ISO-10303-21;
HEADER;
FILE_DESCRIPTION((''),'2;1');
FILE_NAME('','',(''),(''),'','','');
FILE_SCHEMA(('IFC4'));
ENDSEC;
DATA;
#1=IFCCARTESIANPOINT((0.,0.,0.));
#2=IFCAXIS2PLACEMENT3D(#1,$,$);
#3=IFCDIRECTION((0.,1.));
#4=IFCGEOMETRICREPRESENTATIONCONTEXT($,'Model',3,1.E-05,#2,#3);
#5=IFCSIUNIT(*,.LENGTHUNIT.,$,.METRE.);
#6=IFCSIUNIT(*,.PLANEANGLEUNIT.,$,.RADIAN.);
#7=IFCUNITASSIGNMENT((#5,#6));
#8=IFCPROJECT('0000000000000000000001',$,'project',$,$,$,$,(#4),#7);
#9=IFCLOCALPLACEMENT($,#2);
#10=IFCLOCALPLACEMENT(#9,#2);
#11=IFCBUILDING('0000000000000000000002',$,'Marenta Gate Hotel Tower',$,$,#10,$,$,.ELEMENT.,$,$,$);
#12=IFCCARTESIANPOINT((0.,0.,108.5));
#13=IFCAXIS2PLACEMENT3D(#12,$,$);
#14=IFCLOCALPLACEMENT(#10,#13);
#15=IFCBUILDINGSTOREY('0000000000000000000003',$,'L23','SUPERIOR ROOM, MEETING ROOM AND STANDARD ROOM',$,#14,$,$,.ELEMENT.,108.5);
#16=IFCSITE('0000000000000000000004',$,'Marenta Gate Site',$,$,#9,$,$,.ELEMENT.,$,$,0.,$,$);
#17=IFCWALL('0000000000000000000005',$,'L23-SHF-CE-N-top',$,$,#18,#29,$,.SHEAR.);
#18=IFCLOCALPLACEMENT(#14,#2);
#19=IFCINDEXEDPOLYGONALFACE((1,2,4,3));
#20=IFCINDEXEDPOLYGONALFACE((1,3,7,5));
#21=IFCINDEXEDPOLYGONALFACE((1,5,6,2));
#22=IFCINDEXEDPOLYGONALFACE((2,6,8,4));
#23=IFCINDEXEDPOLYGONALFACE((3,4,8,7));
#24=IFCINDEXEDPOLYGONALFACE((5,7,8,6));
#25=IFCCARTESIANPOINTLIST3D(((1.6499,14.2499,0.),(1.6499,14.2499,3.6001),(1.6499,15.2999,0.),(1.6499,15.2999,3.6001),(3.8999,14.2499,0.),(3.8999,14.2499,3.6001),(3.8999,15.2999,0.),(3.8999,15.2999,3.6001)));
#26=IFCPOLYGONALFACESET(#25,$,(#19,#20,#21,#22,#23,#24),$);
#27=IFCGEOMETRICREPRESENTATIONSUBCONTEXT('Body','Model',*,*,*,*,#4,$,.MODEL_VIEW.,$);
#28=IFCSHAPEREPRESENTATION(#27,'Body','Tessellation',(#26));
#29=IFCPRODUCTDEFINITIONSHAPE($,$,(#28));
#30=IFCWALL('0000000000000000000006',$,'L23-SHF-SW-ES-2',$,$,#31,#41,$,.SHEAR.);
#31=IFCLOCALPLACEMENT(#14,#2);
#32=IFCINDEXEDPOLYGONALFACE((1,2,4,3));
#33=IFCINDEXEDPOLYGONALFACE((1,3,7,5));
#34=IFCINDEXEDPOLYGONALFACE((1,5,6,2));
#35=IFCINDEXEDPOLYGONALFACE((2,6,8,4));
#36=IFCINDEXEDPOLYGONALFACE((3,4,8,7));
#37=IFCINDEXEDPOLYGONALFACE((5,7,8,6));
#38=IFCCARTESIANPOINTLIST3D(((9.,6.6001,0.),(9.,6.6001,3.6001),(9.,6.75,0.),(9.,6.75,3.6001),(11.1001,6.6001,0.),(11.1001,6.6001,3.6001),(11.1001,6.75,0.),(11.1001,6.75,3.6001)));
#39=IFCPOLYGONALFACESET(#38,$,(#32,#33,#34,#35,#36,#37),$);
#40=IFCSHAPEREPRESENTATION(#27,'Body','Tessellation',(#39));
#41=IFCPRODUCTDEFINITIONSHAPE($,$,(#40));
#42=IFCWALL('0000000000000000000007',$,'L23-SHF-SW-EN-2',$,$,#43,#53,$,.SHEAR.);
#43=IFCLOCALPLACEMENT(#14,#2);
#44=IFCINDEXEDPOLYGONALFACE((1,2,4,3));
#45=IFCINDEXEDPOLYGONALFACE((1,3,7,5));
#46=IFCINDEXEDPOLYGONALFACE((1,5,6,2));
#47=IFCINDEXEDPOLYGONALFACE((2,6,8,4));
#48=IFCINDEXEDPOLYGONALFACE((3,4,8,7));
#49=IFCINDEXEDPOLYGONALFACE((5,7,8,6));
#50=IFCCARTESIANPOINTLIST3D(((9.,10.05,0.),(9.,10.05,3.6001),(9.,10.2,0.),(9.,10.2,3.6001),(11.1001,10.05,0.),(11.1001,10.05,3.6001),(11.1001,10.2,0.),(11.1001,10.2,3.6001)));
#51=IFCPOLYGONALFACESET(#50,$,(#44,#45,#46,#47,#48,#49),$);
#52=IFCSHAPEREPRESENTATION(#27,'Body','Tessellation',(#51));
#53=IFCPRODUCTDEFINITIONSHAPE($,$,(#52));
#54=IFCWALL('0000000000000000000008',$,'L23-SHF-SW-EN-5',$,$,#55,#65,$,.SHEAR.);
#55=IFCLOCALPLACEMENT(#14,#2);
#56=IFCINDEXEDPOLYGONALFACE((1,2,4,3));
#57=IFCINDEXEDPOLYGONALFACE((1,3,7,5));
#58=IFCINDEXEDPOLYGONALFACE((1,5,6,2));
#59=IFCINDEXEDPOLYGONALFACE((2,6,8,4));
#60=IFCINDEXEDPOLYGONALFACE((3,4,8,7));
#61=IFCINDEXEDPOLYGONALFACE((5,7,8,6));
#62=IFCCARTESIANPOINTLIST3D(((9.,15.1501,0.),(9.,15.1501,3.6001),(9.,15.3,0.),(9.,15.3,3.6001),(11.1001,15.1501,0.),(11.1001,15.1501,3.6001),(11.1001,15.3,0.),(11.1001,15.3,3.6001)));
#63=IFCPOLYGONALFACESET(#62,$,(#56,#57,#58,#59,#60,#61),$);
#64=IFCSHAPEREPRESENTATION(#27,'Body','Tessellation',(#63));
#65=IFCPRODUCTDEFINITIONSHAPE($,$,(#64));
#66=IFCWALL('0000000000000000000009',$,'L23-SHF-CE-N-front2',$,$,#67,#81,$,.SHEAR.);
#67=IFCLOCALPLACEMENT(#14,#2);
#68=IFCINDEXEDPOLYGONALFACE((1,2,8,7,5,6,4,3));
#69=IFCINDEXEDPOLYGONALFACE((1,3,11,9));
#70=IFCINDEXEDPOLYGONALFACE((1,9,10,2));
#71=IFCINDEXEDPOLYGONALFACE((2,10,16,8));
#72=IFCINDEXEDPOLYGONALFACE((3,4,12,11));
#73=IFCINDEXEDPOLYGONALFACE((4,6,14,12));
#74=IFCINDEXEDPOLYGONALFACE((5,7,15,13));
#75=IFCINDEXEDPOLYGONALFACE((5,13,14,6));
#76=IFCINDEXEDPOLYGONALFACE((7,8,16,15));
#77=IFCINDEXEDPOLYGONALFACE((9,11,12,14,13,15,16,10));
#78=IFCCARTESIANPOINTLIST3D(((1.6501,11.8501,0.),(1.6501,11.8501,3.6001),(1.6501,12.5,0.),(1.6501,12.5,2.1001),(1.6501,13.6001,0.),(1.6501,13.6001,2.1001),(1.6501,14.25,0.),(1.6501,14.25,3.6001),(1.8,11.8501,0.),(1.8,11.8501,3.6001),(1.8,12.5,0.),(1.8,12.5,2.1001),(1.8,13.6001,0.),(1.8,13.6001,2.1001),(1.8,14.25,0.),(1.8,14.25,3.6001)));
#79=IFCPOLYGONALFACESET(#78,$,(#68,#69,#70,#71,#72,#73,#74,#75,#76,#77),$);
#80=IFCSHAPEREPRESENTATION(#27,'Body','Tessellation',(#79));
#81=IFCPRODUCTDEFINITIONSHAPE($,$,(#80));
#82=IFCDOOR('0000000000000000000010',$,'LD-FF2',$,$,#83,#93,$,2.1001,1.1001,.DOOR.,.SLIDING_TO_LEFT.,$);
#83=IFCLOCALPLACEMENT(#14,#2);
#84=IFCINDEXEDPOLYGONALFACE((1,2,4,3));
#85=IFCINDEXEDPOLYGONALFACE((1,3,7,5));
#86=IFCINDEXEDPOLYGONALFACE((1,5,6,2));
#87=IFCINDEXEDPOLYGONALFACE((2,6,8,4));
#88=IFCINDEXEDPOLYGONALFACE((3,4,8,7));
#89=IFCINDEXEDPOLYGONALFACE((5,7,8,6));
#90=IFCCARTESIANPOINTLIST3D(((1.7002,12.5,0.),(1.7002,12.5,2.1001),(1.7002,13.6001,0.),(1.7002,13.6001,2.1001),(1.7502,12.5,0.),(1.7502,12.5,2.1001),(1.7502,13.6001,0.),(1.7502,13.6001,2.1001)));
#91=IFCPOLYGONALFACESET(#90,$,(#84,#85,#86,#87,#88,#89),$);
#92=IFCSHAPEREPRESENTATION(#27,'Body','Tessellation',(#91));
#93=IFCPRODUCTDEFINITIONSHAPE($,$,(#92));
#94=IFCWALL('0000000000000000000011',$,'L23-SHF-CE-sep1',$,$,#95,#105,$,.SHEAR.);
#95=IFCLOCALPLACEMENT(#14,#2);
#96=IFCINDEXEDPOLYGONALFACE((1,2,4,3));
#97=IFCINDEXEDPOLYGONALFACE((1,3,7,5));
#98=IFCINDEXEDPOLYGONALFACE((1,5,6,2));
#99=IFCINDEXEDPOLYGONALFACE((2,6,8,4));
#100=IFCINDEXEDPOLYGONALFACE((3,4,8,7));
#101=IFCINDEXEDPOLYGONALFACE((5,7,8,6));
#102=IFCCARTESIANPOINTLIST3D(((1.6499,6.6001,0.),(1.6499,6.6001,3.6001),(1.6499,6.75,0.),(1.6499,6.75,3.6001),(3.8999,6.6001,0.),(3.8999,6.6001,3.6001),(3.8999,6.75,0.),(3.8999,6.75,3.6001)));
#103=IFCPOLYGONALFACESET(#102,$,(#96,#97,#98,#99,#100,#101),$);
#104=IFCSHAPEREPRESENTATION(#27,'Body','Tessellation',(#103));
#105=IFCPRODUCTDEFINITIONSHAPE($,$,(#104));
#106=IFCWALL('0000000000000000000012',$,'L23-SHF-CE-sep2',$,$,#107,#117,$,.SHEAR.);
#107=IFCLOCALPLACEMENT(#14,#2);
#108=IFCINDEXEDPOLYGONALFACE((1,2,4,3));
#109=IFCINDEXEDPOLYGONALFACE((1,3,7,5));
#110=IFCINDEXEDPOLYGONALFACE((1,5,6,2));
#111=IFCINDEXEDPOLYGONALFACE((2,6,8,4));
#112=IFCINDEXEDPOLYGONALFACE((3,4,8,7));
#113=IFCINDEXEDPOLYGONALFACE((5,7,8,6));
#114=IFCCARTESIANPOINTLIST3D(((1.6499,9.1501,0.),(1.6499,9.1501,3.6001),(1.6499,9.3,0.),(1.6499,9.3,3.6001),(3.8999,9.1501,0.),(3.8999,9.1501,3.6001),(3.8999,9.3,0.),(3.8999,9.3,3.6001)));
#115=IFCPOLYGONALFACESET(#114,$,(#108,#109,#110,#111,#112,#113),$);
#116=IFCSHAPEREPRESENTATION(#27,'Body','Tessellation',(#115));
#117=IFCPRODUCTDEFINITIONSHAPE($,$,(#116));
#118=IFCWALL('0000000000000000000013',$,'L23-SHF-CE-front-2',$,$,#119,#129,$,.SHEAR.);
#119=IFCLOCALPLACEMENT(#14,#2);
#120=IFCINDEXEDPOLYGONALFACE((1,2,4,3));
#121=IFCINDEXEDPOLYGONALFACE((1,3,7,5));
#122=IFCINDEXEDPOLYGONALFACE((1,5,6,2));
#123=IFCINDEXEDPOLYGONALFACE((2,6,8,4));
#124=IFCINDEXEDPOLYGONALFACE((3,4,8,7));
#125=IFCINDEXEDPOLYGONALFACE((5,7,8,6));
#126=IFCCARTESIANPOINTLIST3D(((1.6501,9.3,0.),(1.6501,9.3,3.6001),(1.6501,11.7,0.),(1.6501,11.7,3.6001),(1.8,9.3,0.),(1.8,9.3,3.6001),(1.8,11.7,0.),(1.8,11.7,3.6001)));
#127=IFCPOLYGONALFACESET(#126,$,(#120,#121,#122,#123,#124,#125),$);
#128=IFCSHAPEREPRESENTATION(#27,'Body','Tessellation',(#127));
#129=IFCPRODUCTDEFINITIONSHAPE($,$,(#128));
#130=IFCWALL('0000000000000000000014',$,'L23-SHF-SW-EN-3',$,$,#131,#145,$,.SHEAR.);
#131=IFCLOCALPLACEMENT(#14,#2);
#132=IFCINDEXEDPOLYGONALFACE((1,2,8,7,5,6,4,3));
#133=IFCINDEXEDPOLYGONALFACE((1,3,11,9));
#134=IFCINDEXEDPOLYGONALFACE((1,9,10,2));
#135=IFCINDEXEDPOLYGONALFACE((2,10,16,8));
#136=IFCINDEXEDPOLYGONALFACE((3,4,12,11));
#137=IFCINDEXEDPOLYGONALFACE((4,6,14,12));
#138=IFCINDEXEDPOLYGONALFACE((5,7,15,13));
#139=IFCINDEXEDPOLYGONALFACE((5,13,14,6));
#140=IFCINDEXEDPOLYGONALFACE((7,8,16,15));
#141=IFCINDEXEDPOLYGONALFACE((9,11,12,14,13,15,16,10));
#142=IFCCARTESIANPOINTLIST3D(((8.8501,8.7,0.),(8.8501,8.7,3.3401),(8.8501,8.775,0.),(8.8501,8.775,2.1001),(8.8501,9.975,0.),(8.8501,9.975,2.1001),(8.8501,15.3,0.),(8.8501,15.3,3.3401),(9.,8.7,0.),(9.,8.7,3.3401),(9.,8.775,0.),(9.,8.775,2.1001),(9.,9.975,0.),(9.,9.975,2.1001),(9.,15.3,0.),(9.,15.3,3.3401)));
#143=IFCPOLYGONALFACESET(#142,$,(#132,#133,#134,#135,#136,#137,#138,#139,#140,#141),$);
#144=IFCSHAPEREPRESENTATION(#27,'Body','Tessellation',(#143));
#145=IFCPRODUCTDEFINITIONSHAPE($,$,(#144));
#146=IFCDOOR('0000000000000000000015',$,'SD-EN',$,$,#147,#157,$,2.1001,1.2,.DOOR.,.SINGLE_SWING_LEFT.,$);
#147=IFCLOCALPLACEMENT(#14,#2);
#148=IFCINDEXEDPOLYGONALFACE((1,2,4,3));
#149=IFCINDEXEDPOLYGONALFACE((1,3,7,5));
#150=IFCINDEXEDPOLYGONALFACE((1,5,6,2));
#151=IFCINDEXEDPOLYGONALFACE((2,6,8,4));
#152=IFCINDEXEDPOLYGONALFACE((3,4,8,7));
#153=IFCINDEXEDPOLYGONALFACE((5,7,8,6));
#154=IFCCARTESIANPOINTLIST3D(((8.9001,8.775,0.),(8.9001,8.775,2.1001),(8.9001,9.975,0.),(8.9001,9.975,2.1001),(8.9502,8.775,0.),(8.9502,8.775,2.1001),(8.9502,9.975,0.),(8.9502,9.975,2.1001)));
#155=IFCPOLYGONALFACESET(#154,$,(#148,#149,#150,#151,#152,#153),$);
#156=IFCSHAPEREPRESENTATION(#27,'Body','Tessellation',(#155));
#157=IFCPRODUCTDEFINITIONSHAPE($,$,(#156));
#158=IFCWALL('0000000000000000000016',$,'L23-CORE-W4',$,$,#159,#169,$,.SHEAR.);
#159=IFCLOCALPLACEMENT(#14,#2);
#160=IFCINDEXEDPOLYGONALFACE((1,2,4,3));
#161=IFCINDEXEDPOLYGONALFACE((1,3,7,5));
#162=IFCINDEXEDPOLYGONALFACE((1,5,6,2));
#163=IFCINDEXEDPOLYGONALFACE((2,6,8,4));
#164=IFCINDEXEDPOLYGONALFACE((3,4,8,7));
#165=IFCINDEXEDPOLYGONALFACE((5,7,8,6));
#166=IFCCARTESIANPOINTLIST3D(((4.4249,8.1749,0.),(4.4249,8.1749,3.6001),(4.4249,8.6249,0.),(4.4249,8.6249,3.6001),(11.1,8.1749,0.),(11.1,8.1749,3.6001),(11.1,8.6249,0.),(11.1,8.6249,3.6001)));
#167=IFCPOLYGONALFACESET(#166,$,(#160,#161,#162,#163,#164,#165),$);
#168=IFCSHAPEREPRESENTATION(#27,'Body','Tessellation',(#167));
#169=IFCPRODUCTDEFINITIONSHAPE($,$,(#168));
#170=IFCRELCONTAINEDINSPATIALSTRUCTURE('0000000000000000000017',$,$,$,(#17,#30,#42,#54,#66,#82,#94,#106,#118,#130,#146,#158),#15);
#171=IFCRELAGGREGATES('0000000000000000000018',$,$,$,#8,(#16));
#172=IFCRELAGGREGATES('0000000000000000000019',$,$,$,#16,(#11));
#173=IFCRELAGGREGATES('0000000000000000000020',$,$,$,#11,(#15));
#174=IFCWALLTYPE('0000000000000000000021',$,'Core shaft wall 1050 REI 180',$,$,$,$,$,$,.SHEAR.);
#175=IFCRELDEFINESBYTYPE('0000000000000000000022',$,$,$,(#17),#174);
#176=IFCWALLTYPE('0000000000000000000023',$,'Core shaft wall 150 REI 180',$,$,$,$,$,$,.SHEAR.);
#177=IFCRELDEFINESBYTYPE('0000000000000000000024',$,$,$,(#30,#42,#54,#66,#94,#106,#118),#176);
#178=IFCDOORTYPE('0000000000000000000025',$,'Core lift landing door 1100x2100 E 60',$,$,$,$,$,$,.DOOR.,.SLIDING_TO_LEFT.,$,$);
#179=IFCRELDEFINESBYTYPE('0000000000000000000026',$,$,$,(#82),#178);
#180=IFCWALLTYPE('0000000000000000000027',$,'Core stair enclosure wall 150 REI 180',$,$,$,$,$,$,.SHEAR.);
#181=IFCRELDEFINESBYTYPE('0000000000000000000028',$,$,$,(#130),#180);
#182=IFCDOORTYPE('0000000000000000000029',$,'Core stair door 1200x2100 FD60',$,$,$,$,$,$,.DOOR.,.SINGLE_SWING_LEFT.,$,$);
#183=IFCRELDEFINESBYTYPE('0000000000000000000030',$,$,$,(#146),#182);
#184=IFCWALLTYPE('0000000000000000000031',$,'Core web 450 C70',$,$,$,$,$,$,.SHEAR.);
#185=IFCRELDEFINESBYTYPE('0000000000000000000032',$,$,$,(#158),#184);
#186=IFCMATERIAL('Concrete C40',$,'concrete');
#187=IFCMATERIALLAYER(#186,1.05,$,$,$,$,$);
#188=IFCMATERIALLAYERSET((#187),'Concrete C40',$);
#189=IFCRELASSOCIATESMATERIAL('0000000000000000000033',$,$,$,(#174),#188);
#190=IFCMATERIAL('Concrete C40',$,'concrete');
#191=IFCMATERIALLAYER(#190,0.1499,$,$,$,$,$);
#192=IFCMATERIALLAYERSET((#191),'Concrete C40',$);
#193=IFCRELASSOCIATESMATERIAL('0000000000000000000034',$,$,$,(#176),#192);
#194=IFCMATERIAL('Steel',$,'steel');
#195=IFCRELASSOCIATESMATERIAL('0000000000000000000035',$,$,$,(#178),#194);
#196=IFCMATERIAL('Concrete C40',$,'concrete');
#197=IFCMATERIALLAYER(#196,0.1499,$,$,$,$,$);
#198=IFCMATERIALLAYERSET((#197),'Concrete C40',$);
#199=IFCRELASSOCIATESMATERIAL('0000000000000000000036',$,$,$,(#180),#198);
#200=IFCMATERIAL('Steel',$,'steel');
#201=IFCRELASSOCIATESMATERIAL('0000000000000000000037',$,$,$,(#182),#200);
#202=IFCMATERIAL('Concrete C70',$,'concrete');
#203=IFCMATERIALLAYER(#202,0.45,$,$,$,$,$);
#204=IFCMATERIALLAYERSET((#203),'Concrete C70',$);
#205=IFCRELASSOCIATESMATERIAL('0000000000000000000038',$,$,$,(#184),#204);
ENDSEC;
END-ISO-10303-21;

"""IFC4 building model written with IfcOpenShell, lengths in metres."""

from ifc_helpers import new_model, si_unit, direction, frame, frame_2d, origin, place, context, subcontext, project, spatial, rectangle, extrude, material, layer, layer_set, type_object, element, fill, save


model = new_model("IFC4")

# Units and contexts
model_context = context("Model", 3, precision=1e-05, world=origin(), true_north=direction((0.0, 1.0)))
body_context = subcontext(model_context, "Body", "Model", "MODEL_VIEW")
ifc_project = project(units=[si_unit("LENGTHUNIT", "METRE"), si_unit("PLANEANGLEUNIT", "RADIAN")], contexts=[model_context])

# Site, building, storey
site_placement = place(None, origin())
site = spatial("IfcSite", under=ifc_project, at=site_placement, Name="Marenta Gate Site", CompositionType="ELEMENT", RefElevation=0.0)
building_placement = place(site_placement, origin())
building = spatial("IfcBuilding", under=site, at=building_placement, Name="Marenta Gate Hotel Tower", CompositionType="ELEMENT")
storey_placement = place(building_placement, frame((0.0, 0.0, 108.5)))
storey = spatial("IfcBuildingStorey", under=building, at=storey_placement, Name="L23", Description="SUPERIOR ROOM, MEETING ROOM AND STANDARD ROOM", CompositionType="ELEMENT", Elevation=108.5)

# Walls
ifc_material_1 = material(Name="Concrete C40", Category="concrete")
ifc_layer_1 = layer(ifc_material_1, 1.05)
ifc_layer_set_1 = layer_set([ifc_layer_1], Name="Concrete C40")
wall_type_1 = type_object("IfcWallType", Name="Core shaft wall 1050 REI 180", PredefinedType="SHEAR", material=ifc_layer_set_1)
wall_1_placement = place(storey_placement, frame((1.6499, 14.7749, 0.0), z_axis=(0.0, 0.0, 1.0), x_axis=(1.0, 0.0, 0.0)))
element("IfcWall", 1, at=wall_1_placement, inside=storey, type_object=wall_type_1, Name="L23-SHF-CE-N-top", PredefinedType="SHEAR", context=body_context, shape_type="SweptSolid", body=[
    extrude(rectangle(XDim=2.25, YDim=1.05, at=frame_2d((1.125, 0.0))), origin(), (0.0, 0.0, 1.0), 3.6001),
])
ifc_material_2 = material(Name="Concrete C40", Category="concrete")
ifc_layer_2 = layer(ifc_material_2, 0.1499)
ifc_layer_set_2 = layer_set([ifc_layer_2], Name="Concrete C40")
wall_type_2 = type_object("IfcWallType", Name="Core shaft wall 150 REI 180", PredefinedType="SHEAR", material=ifc_layer_set_2)
for number, where, z_axis, x_axis, name in (
    (2, (9.0, 6.675, 0.0), (0.0, 0.0, 1.0), (1.0, 0.0, 0.0), "L23-SHF-SW-ES-2"),
    (3, (9.0, 10.125, 0.0), (0.0, 0.0, 1.0), (1.0, 0.0, 0.0), "L23-SHF-SW-EN-2"),
    (4, (9.0, 15.2251, 0.0), (0.0, 0.0, 1.0), (1.0, 0.0, 0.0), "L23-SHF-SW-EN-5"),
):
    element("IfcWall", number, at=place(storey_placement, frame(where, z_axis=z_axis, x_axis=x_axis)), inside=storey, type_object=wall_type_2, Name=name, PredefinedType="SHEAR", context=body_context, shape_type="SweptSolid", body=[
        extrude(rectangle(XDim=2.1001, YDim=0.1499, at=frame_2d((1.05, 0.0))), origin(), (0.0, 0.0, 1.0), 3.6001),
    ])

# Wall, opening, door
wall_2_placement = place(storey_placement, frame((1.7251, 11.8501, 0.0), z_axis=(0.0, 0.0, 1.0), x_axis=(0.0, 1.0, 0.0)))
wall_2 = element("IfcWall", 5, at=wall_2_placement, inside=storey, type_object=wall_type_2, Name="L23-SHF-CE-N-front2", PredefinedType="SHEAR", context=body_context, shape_type="SweptSolid", body=[
    extrude(rectangle(XDim=2.3999, YDim=0.1499, at=frame_2d((1.2, 0.0))), origin(), (0.0, 0.0, 1.0), 3.6001),
])
opening_1_placement = place(wall_2_placement, frame((0.6499, 0.0, 0.0)))
opening_1 = element("IfcOpeningElement", 6, at=opening_1_placement, cuts=wall_2, PredefinedType="OPENING", context=body_context, shape_type="SweptSolid", body=[
    extrude(rectangle(XDim=1.1001, YDim=2.1001, at=frame_2d((0.55, 1.05))), frame((0.0, 0.075, 0.0), z_axis=(0.0, -1.0, 0.0), x_axis=(1.0, 0.0, 0.0)), (0.0, 0.0, 1.0), 0.1499),
])
ifc_material_3 = material(Name="Steel", Category="steel")
door_type_1 = type_object("IfcDoorType", Name="Core lift landing door 1100x2100 E 60", OperationType="SLIDING_TO_LEFT", PredefinedType="DOOR", material=ifc_material_3)
door_1_placement = place(opening_1_placement, origin())
door_1 = element("IfcDoor", 7, at=door_1_placement, inside=storey, type_object=door_type_1, Name="LD-FF2", OperationType="SLIDING_TO_LEFT", OverallHeight=2.1001, OverallWidth=1.1001, PredefinedType="DOOR", context=body_context, shape_type="SweptSolid", body=[
    extrude(rectangle(XDim=1.1001, YDim=2.1001, at=frame_2d((0.55, 1.05))), frame((0.0, 0.0249, 0.0), z_axis=(0.0, -1.0, 0.0), x_axis=(1.0, 0.0, 0.0)), (0.0, 0.0, 1.0), 0.05),
])
fill(opening_1, door_1)

# Walls
for number, where, z_axis, x_axis, name in (
    (8, (1.6499, 6.675, 0.0), (0.0, 0.0, 1.0), (1.0, 0.0, 0.0), "L23-SHF-CE-sep1"),
    (9, (1.6499, 9.2251, 0.0), (0.0, 0.0, 1.0), (1.0, 0.0, 0.0), "L23-SHF-CE-sep2"),
):
    element("IfcWall", number, at=place(storey_placement, frame(where, z_axis=z_axis, x_axis=x_axis)), inside=storey, type_object=wall_type_2, Name=name, PredefinedType="SHEAR", context=body_context, shape_type="SweptSolid", body=[
        extrude(rectangle(XDim=2.25, YDim=0.1499, at=frame_2d((1.125, 0.0))), origin(), (0.0, 0.0, 1.0), 3.6001),
    ])
wall_3_placement = place(storey_placement, frame((1.7251, 9.3, 0.0), z_axis=(0.0, 0.0, 1.0), x_axis=(0.0, 1.0, 0.0)))
element("IfcWall", 10, at=wall_3_placement, inside=storey, type_object=wall_type_2, Name="L23-SHF-CE-front-2", PredefinedType="SHEAR", context=body_context, shape_type="SweptSolid", body=[
    extrude(rectangle(XDim=2.3999, YDim=0.1499, at=frame_2d((1.2, 0.0))), origin(), (0.0, 0.0, 1.0), 3.6001),
])

# Wall, opening, door
ifc_material_4 = material(Name="Concrete C40", Category="concrete")
ifc_layer_3 = layer(ifc_material_4, 0.1499)
ifc_layer_set_3 = layer_set([ifc_layer_3], Name="Concrete C40")
wall_type_3 = type_object("IfcWallType", Name="Core stair enclosure wall 150 REI 180", PredefinedType="SHEAR", material=ifc_layer_set_3)
wall_4_placement = place(storey_placement, frame((8.925, 8.7, 0.0), z_axis=(0.0, 0.0, 1.0), x_axis=(0.0, 1.0, 0.0)))
wall_4 = element("IfcWall", 11, at=wall_4_placement, inside=storey, type_object=wall_type_3, Name="L23-SHF-SW-EN-3", PredefinedType="SHEAR", context=body_context, shape_type="SweptSolid", body=[
    extrude(rectangle(XDim=6.6001, YDim=0.1499, at=frame_2d((3.3, 0.0))), origin(), (0.0, 0.0, 1.0), 3.3401),
])
opening_2_placement = place(wall_4_placement, frame((0.075, 0.0, 0.0)))
opening_2 = element("IfcOpeningElement", 12, at=opening_2_placement, cuts=wall_4, PredefinedType="OPENING", context=body_context, shape_type="SweptSolid", body=[
    extrude(rectangle(XDim=1.2, YDim=2.1001, at=frame_2d((0.6001, 1.05))), frame((0.0, 0.075, 0.0), z_axis=(0.0, -1.0, 0.0), x_axis=(1.0, 0.0, 0.0)), (0.0, 0.0, 1.0), 0.1499),
])
ifc_material_5 = material(Name="Steel", Category="steel")
door_type_2 = type_object("IfcDoorType", Name="Core stair door 1200x2100 FD60", OperationType="SINGLE_SWING_LEFT", PredefinedType="DOOR", material=ifc_material_5)
door_2_placement = place(opening_2_placement, origin())
door_2 = element("IfcDoor", 13, at=door_2_placement, inside=storey, type_object=door_type_2, Name="SD-EN", OperationType="SINGLE_SWING_LEFT", OverallHeight=2.1001, OverallWidth=1.2, PredefinedType="DOOR", context=body_context, shape_type="SweptSolid", body=[
    extrude(rectangle(XDim=1.2, YDim=2.1001, at=frame_2d((0.6001, 1.05))), frame((0.0, 0.0249, 0.0), z_axis=(0.0, -1.0, 0.0), x_axis=(1.0, 0.0, 0.0)), (0.0, 0.0, 1.0), 0.05),
])
fill(opening_2, door_2)

# Wall
ifc_material_6 = material(Name="Concrete C70", Category="concrete")
ifc_layer_4 = layer(ifc_material_6, 0.45)
ifc_layer_set_4 = layer_set([ifc_layer_4], Name="Concrete C70")
wall_type_4 = type_object("IfcWallType", Name="Core web 450 C70", PredefinedType="SHEAR", material=ifc_layer_set_4)
wall_5_placement = place(storey_placement, frame((4.425, 8.3999, 0.0), z_axis=(0.0, 0.0, 1.0), x_axis=(1.0, 0.0, 0.0)))
element("IfcWall", 14, at=wall_5_placement, inside=storey, type_object=wall_type_4, Name="L23-CORE-W4", PredefinedType="SHEAR", context=body_context, shape_type="SweptSolid", body=[
    extrude(rectangle(XDim=6.675, YDim=0.45, at=frame_2d((3.3374, 0.0))), origin(), (0.0, 0.0, 1.0), 3.6001),
])

save(model, "model.ifc")
